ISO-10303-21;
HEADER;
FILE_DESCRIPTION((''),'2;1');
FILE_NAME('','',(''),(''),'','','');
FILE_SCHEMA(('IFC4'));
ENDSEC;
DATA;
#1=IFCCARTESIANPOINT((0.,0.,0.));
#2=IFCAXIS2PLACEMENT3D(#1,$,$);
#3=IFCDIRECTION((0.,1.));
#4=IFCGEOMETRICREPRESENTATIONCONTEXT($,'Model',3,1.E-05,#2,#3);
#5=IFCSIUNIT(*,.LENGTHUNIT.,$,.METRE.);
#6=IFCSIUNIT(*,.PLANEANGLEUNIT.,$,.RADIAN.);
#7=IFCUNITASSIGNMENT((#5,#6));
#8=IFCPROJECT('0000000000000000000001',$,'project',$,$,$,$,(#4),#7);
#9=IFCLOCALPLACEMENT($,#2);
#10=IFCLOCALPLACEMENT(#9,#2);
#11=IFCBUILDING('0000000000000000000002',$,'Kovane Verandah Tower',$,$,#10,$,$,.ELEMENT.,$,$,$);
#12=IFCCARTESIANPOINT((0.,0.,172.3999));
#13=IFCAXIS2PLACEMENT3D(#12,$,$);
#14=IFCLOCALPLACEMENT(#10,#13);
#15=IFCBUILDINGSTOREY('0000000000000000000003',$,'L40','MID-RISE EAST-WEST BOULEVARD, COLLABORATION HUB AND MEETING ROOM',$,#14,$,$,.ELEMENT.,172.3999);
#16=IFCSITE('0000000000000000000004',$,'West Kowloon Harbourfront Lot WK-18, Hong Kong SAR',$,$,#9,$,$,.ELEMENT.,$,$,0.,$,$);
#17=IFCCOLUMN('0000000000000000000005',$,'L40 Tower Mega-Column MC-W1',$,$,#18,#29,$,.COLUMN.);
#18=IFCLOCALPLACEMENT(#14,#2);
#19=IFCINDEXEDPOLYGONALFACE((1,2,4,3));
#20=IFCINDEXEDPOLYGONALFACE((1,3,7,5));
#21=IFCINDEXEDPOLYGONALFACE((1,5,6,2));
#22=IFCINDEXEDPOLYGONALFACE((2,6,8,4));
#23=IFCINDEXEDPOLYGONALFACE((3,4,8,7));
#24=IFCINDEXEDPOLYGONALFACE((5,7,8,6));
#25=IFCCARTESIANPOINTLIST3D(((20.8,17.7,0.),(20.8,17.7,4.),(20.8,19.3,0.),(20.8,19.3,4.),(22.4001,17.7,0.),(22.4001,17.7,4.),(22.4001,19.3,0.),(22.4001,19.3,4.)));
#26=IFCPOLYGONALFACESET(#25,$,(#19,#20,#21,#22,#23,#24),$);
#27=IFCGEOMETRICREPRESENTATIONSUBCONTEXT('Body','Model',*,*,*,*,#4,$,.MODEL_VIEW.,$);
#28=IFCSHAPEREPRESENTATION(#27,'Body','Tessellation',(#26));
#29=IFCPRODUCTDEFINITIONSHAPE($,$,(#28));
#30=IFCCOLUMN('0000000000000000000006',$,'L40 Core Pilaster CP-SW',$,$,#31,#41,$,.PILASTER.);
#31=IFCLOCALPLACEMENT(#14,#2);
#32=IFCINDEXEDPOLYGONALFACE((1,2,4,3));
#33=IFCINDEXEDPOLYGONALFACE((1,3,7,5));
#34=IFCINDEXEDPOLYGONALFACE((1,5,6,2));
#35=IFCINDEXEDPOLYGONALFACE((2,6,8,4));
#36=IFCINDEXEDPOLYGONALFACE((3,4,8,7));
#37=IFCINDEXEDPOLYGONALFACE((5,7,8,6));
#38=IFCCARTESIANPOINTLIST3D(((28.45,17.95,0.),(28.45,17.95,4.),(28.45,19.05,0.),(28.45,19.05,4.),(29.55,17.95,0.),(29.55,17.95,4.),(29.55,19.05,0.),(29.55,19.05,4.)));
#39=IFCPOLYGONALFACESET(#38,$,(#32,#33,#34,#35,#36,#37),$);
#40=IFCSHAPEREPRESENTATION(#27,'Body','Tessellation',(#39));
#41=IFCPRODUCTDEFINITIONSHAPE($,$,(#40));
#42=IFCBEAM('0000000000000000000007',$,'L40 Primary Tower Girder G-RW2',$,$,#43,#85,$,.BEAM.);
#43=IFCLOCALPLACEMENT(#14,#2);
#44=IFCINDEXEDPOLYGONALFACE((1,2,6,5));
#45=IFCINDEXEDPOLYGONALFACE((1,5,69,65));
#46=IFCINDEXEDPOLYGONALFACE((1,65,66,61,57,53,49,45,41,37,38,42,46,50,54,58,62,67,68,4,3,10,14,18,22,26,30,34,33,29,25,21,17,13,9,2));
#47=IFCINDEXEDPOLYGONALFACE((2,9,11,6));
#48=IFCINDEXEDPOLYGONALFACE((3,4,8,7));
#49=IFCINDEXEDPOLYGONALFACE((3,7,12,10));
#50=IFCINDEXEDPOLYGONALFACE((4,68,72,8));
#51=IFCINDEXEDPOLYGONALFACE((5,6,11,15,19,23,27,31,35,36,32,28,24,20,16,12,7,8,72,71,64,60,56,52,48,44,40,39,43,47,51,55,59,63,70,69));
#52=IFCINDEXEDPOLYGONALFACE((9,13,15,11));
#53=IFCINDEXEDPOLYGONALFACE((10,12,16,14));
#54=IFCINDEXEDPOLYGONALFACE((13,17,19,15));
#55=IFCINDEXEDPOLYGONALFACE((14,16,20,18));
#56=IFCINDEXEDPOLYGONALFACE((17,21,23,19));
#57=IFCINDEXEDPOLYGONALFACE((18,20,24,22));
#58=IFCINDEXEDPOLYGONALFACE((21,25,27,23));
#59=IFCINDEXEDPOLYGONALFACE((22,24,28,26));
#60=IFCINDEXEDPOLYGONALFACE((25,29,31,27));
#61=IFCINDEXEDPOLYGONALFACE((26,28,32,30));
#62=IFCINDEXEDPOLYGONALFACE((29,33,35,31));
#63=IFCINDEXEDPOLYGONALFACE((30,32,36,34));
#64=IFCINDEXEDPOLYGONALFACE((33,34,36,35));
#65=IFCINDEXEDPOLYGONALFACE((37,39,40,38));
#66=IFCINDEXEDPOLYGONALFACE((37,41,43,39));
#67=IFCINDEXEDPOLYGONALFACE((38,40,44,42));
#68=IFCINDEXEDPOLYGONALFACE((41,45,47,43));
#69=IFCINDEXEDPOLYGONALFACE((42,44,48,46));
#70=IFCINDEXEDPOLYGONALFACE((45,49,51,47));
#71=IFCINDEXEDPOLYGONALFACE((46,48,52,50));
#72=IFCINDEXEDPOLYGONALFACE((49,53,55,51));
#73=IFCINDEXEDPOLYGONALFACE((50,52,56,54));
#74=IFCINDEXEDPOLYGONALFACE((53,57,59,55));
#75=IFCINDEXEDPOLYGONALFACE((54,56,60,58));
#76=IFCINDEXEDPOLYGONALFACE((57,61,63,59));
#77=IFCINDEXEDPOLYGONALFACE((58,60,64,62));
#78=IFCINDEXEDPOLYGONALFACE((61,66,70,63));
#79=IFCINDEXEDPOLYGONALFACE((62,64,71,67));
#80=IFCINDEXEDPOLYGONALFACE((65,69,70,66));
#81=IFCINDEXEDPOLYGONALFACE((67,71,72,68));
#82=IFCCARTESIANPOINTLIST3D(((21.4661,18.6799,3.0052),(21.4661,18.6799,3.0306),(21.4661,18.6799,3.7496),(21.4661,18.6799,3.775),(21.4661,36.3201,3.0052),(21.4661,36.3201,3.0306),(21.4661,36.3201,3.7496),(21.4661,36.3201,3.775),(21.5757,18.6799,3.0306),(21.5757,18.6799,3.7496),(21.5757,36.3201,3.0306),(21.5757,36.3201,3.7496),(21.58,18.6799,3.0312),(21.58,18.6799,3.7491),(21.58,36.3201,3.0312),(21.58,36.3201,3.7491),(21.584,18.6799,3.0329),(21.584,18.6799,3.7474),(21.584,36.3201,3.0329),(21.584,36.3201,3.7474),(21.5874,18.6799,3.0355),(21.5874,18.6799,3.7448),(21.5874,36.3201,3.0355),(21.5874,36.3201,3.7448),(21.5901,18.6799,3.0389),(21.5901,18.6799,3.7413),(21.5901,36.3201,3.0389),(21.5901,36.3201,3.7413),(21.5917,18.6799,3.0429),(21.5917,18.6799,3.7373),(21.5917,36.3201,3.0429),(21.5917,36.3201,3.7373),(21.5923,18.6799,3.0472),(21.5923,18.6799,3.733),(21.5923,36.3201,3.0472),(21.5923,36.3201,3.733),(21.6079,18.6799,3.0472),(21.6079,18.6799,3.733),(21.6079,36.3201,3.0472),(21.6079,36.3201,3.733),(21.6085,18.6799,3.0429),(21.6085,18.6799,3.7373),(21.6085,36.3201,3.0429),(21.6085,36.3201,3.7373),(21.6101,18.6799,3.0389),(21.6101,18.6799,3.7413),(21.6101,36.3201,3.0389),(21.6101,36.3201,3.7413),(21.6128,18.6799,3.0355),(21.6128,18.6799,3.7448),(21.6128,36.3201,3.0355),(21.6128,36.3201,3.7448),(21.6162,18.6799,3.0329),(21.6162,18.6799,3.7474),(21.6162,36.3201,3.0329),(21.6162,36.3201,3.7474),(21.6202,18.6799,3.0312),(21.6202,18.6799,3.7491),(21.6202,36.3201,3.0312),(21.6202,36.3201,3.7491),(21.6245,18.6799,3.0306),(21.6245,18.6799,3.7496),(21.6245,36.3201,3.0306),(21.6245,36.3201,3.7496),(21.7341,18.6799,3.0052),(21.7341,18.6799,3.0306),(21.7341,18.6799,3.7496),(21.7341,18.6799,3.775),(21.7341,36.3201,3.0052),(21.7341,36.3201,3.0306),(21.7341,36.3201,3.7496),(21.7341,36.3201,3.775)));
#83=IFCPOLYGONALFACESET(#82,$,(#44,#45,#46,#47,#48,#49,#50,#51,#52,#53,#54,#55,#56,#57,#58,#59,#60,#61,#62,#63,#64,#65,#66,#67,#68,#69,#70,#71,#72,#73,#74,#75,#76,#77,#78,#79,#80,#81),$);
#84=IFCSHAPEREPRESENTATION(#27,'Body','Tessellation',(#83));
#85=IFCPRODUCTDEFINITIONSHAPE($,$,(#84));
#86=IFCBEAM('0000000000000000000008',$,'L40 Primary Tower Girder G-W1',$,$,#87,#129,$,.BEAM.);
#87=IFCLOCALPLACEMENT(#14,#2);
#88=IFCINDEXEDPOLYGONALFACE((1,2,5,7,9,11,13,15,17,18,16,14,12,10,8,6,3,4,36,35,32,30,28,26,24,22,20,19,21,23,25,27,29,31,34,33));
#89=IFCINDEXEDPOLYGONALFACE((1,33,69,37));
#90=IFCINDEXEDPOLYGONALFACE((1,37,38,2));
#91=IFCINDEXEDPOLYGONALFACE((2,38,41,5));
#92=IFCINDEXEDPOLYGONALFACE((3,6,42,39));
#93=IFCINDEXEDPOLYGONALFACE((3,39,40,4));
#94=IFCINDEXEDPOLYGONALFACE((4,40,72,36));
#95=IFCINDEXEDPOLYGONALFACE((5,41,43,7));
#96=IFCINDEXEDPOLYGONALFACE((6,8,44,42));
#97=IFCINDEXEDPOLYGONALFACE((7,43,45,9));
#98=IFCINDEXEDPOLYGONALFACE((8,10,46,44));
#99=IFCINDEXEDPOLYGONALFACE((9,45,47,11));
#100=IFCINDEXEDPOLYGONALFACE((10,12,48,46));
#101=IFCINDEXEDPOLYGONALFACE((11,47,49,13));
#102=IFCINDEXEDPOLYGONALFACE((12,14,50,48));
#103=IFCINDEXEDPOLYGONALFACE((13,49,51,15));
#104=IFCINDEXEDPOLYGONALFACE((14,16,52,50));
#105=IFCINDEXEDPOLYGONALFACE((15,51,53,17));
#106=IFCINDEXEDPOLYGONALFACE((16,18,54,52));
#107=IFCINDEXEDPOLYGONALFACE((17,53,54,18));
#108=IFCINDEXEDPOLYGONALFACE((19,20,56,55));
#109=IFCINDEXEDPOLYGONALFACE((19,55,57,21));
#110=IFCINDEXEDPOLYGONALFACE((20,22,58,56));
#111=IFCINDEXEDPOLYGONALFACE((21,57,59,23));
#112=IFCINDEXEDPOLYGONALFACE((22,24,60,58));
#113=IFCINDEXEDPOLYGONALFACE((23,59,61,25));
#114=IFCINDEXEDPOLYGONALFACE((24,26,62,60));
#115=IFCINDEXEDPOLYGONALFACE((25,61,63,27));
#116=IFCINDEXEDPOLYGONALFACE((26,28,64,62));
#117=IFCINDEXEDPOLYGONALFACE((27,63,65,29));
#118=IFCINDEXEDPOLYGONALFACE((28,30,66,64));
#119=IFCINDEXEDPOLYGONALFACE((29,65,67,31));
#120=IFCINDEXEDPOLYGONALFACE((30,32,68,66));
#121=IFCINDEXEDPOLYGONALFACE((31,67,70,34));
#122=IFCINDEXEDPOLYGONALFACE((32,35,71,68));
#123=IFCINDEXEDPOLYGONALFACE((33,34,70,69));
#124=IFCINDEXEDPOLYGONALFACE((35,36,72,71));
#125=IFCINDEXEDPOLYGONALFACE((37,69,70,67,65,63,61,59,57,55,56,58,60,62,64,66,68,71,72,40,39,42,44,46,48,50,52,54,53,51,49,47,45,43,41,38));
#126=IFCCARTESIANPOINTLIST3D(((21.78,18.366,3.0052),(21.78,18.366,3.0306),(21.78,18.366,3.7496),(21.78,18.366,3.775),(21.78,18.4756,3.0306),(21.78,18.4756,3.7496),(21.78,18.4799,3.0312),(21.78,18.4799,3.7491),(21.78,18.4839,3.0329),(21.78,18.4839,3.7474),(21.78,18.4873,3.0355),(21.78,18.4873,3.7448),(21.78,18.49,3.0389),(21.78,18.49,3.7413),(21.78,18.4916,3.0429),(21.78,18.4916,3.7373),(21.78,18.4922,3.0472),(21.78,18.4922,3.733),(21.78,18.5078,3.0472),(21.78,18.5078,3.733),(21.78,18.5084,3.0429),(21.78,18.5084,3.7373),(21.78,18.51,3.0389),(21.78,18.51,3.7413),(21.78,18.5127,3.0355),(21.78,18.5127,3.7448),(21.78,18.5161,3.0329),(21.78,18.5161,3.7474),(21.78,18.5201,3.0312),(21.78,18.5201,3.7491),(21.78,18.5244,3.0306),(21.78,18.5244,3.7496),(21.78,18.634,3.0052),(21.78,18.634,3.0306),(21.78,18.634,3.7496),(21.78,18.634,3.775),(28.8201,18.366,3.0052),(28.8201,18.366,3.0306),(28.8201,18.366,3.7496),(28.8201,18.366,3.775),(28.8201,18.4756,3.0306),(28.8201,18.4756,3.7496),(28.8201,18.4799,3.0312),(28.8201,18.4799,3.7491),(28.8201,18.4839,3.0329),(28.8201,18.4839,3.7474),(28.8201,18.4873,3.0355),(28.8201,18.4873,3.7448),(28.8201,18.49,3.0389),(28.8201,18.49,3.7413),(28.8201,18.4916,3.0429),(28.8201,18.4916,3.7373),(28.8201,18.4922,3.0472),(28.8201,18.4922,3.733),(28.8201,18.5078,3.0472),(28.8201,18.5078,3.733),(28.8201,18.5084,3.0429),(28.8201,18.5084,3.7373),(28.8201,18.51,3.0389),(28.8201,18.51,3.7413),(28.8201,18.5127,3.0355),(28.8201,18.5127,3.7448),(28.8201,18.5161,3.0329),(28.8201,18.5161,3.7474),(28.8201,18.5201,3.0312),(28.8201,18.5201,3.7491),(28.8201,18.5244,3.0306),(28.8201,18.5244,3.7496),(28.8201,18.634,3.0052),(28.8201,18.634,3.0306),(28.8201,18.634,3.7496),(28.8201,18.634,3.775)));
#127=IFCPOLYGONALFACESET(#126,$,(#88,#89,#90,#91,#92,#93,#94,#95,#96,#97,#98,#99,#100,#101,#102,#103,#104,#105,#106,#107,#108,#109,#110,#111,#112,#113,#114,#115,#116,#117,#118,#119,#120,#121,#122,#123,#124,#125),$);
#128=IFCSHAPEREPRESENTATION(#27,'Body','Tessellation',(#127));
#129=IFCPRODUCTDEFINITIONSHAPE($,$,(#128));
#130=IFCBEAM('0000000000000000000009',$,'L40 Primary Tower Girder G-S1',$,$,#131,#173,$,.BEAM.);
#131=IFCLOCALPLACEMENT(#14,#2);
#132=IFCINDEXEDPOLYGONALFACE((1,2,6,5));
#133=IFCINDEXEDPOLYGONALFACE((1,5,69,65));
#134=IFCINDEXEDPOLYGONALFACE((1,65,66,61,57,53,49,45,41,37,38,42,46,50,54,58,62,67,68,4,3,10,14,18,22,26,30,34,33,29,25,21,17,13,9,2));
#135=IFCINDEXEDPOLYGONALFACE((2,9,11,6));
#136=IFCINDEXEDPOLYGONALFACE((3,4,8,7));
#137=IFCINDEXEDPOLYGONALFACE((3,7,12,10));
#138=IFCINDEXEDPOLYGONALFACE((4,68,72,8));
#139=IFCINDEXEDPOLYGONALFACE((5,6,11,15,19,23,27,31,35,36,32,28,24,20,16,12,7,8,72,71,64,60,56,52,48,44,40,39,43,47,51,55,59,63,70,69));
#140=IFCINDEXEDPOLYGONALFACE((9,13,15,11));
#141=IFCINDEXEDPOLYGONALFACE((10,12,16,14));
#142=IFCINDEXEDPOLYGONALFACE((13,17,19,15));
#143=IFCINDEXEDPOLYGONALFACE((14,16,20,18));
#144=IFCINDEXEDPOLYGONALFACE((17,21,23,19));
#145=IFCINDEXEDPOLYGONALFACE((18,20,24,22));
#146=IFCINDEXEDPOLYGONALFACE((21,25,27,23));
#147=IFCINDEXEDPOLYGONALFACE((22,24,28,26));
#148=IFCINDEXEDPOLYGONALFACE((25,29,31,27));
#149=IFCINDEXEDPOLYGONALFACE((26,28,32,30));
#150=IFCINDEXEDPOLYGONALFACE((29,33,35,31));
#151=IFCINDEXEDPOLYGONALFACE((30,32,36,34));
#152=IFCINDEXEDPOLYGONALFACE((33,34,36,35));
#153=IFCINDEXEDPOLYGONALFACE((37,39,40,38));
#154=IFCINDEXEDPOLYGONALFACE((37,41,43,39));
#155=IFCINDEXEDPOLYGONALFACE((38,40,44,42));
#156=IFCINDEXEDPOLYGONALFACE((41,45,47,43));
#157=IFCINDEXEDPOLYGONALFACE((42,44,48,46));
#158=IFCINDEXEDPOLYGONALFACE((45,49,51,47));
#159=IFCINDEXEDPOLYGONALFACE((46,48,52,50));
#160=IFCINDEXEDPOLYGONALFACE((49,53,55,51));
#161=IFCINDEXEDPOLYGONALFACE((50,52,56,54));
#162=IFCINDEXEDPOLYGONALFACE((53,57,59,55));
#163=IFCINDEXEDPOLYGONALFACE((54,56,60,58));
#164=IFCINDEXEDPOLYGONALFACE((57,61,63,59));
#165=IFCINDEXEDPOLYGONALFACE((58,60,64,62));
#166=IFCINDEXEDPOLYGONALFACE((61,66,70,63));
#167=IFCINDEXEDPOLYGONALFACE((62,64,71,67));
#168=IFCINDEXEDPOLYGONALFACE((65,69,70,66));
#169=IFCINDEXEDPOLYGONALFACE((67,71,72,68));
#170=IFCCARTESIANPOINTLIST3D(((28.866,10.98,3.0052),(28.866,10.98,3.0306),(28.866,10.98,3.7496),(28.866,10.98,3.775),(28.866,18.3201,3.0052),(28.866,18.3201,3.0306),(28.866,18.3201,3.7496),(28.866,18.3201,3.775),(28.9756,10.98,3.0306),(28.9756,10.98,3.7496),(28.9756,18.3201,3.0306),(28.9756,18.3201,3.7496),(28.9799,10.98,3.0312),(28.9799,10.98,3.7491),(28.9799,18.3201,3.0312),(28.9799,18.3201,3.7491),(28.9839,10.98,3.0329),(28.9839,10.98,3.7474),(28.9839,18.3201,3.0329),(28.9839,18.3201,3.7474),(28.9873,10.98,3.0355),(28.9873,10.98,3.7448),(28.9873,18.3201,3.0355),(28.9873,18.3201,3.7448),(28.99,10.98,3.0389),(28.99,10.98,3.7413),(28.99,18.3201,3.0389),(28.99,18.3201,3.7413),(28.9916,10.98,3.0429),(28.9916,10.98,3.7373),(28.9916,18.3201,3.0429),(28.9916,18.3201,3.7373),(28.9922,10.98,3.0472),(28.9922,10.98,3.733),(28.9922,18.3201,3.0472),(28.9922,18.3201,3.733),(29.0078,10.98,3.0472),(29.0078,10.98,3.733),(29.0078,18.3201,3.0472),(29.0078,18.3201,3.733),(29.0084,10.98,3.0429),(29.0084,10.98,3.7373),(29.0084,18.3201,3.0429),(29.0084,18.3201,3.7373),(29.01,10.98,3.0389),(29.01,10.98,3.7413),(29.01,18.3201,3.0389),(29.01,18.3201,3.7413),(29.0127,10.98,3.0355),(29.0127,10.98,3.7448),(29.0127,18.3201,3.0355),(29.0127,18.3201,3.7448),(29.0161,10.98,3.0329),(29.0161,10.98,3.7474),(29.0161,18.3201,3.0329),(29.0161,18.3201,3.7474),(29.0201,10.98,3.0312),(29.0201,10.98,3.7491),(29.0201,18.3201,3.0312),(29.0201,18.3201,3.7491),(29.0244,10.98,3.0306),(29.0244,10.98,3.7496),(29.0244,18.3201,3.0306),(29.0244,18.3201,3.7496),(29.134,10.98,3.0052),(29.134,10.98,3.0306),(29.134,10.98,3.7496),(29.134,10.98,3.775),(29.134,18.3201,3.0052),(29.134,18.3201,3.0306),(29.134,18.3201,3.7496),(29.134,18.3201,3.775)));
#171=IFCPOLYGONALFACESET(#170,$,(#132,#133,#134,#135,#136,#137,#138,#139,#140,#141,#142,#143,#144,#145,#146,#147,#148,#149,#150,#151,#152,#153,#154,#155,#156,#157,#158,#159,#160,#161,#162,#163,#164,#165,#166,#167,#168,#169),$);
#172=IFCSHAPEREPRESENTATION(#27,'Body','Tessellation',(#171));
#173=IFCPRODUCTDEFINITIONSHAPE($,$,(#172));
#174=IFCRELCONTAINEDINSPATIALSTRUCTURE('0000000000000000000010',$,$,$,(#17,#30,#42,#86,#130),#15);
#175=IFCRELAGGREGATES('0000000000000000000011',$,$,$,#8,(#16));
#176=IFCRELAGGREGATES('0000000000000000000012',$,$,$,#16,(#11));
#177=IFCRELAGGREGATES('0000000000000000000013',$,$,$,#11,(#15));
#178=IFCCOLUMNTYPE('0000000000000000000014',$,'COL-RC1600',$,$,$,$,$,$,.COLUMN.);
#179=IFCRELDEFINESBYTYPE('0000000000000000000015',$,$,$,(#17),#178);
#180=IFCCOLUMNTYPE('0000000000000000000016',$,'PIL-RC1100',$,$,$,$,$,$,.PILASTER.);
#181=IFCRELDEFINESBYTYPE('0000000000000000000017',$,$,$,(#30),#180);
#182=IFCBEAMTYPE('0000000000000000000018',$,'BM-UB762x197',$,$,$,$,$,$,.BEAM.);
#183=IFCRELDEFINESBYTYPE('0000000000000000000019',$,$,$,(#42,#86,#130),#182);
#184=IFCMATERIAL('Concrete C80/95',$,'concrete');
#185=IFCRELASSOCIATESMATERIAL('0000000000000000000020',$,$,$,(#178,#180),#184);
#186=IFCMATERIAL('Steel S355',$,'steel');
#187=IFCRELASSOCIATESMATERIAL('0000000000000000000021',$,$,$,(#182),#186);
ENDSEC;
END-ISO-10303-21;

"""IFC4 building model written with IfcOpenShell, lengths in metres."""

from ifc_helpers import new_model, si_unit, direction, frame, origin, origin_2d, place, context, subcontext, project, spatial, rectangle, i_section, extrude, material, material_profile, profile_set, type_object, element, save


model = new_model("IFC4")

# Units and contexts
model_context = context("Model", 3, precision=1e-05, world=origin(), true_north=direction((0.0, 1.0)))
body_context = subcontext(model_context, "Body", "Model", "MODEL_VIEW")
ifc_project = project(units=[si_unit("LENGTHUNIT", "METRE"), si_unit("PLANEANGLEUNIT", "RADIAN")], contexts=[model_context])

# Site, building, storey
site_placement = place(None, origin())
site = spatial("IfcSite", under=ifc_project, at=site_placement, Name="West Kowloon Harbourfront Lot WK-18, Hong Kong SAR", CompositionType="ELEMENT", RefElevation=0.0)
building_placement = place(site_placement, origin())
building = spatial("IfcBuilding", under=site, at=building_placement, Name="Kovane Verandah Tower", CompositionType="ELEMENT")
storey_placement = place(building_placement, frame((0.0, 0.0, 172.3999)))
storey = spatial("IfcBuildingStorey", under=building, at=storey_placement, Name="L40", Description="MID-RISE EAST-WEST BOULEVARD, COLLABORATION HUB AND MEETING ROOM", CompositionType="ELEMENT", Elevation=172.3999)

# Columns
ifc_material_1 = material(Name="Concrete C80/95", Category="concrete")
ifc_material_profile_1 = material_profile(ifc_material_1, rectangle(XDim=1.6001, YDim=1.6001, at=origin_2d()), Name="RC1600x1600")
ifc_profile_set_1 = profile_set([ifc_material_profile_1], Name="Concrete C80/95")
column_type_1 = type_object("IfcColumnType", Name="COL-RC1600", PredefinedType="COLUMN", material=ifc_profile_set_1)
column_1_placement = place(storey_placement, frame((21.6001, 18.5, 0.0), z_axis=(0.0, 0.0, 1.0), x_axis=(1.0, 0.0, 0.0)))
element("IfcColumn", 1, at=column_1_placement, inside=storey, type_object=column_type_1, Name="L40 Tower Mega-Column MC-W1", PredefinedType="COLUMN", context=body_context, shape_type="SweptSolid", body=[
    extrude(rectangle(XDim=1.6001, YDim=1.6001, at=origin_2d()), origin(), (0.0, 0.0, 1.0), 4.0),
])
ifc_material_profile_2 = material_profile(ifc_material_1, rectangle(XDim=1.1001, YDim=1.1001, at=origin_2d()), Name="RC1100x1100")
ifc_profile_set_2 = profile_set([ifc_material_profile_2], Name="Concrete C80/95")
column_type_2 = type_object("IfcColumnType", Name="PIL-RC1100", PredefinedType="PILASTER", material=ifc_profile_set_2)
column_2_placement = place(storey_placement, frame((29.0, 18.5, 0.0), z_axis=(0.0, 0.0, 1.0), x_axis=(1.0, 0.0, 0.0)))
element("IfcColumn", 2, at=column_2_placement, inside=storey, type_object=column_type_2, Name="L40 Core Pilaster CP-SW", PredefinedType="PILASTER", context=body_context, shape_type="SweptSolid", body=[
    extrude(rectangle(XDim=1.1001, YDim=1.1001, at=origin_2d()), origin(), (0.0, 0.0, 1.0), 4.0),
])

# Beams
ifc_material_2 = material(Name="Steel S355", Category="steel")
ifc_material_profile_3 = material_profile(ifc_material_2, i_section(OverallWidth=0.2681, OverallDepth=0.7698, WebThickness=0.0156, FlangeThickness=0.0254, FilletRadius=0.0166, at=origin_2d()), Name="UB762x267x197")
ifc_profile_set_3 = profile_set([ifc_material_profile_3], Name="Steel S355")
beam_type_1 = type_object("IfcBeamType", Name="BM-UB762x197", PredefinedType="BEAM", material=ifc_profile_set_3)
beam_1_placement = place(storey_placement, frame((21.6001, 18.6799, 3.3901), z_axis=(0.0, 1.0, 0.0), x_axis=(-1.0, 0.0, 0.0)))
element("IfcBeam", 3, at=beam_1_placement, inside=storey, type_object=beam_type_1, Name="L40 Primary Tower Girder G-RW2", PredefinedType="BEAM", context=body_context, shape_type="SweptSolid", body=[
    extrude(i_section(OverallWidth=0.2681, OverallDepth=0.7698, WebThickness=0.0156, FlangeThickness=0.0254, FilletRadius=0.0166, at=origin_2d()), origin(), (0.0, 0.0, 1.0), 17.6401),
])
beam_2_placement = place(storey_placement, frame((28.8201, 18.5, 3.3901), z_axis=(-1.0, 0.0, 0.0), x_axis=(0.0, -1.0, 0.0)))
element("IfcBeam", 4, at=beam_2_placement, inside=storey, type_object=beam_type_1, Name="L40 Primary Tower Girder G-W1", PredefinedType="BEAM", context=body_context, shape_type="SweptSolid", body=[
    extrude(i_section(OverallWidth=0.2681, OverallDepth=0.7698, WebThickness=0.0156, FlangeThickness=0.0254, FilletRadius=0.0166, at=origin_2d()), origin(), (0.0, 0.0, 1.0), 7.04),
])
beam_3_placement = place(storey_placement, frame((29.0, 18.3201, 3.3901), z_axis=(0.0, -1.0, 0.0), x_axis=(1.0, 0.0, 0.0)))
element("IfcBeam", 5, at=beam_3_placement, inside=storey, type_object=beam_type_1, Name="L40 Primary Tower Girder G-S1", PredefinedType="BEAM", context=body_context, shape_type="SweptSolid", body=[
    extrude(i_section(OverallWidth=0.2681, OverallDepth=0.7698, WebThickness=0.0156, FlangeThickness=0.0254, FilletRadius=0.0166, at=origin_2d()), origin(), (0.0, 0.0, 1.0), 7.3401),
])

save(model, "model.ifc")
